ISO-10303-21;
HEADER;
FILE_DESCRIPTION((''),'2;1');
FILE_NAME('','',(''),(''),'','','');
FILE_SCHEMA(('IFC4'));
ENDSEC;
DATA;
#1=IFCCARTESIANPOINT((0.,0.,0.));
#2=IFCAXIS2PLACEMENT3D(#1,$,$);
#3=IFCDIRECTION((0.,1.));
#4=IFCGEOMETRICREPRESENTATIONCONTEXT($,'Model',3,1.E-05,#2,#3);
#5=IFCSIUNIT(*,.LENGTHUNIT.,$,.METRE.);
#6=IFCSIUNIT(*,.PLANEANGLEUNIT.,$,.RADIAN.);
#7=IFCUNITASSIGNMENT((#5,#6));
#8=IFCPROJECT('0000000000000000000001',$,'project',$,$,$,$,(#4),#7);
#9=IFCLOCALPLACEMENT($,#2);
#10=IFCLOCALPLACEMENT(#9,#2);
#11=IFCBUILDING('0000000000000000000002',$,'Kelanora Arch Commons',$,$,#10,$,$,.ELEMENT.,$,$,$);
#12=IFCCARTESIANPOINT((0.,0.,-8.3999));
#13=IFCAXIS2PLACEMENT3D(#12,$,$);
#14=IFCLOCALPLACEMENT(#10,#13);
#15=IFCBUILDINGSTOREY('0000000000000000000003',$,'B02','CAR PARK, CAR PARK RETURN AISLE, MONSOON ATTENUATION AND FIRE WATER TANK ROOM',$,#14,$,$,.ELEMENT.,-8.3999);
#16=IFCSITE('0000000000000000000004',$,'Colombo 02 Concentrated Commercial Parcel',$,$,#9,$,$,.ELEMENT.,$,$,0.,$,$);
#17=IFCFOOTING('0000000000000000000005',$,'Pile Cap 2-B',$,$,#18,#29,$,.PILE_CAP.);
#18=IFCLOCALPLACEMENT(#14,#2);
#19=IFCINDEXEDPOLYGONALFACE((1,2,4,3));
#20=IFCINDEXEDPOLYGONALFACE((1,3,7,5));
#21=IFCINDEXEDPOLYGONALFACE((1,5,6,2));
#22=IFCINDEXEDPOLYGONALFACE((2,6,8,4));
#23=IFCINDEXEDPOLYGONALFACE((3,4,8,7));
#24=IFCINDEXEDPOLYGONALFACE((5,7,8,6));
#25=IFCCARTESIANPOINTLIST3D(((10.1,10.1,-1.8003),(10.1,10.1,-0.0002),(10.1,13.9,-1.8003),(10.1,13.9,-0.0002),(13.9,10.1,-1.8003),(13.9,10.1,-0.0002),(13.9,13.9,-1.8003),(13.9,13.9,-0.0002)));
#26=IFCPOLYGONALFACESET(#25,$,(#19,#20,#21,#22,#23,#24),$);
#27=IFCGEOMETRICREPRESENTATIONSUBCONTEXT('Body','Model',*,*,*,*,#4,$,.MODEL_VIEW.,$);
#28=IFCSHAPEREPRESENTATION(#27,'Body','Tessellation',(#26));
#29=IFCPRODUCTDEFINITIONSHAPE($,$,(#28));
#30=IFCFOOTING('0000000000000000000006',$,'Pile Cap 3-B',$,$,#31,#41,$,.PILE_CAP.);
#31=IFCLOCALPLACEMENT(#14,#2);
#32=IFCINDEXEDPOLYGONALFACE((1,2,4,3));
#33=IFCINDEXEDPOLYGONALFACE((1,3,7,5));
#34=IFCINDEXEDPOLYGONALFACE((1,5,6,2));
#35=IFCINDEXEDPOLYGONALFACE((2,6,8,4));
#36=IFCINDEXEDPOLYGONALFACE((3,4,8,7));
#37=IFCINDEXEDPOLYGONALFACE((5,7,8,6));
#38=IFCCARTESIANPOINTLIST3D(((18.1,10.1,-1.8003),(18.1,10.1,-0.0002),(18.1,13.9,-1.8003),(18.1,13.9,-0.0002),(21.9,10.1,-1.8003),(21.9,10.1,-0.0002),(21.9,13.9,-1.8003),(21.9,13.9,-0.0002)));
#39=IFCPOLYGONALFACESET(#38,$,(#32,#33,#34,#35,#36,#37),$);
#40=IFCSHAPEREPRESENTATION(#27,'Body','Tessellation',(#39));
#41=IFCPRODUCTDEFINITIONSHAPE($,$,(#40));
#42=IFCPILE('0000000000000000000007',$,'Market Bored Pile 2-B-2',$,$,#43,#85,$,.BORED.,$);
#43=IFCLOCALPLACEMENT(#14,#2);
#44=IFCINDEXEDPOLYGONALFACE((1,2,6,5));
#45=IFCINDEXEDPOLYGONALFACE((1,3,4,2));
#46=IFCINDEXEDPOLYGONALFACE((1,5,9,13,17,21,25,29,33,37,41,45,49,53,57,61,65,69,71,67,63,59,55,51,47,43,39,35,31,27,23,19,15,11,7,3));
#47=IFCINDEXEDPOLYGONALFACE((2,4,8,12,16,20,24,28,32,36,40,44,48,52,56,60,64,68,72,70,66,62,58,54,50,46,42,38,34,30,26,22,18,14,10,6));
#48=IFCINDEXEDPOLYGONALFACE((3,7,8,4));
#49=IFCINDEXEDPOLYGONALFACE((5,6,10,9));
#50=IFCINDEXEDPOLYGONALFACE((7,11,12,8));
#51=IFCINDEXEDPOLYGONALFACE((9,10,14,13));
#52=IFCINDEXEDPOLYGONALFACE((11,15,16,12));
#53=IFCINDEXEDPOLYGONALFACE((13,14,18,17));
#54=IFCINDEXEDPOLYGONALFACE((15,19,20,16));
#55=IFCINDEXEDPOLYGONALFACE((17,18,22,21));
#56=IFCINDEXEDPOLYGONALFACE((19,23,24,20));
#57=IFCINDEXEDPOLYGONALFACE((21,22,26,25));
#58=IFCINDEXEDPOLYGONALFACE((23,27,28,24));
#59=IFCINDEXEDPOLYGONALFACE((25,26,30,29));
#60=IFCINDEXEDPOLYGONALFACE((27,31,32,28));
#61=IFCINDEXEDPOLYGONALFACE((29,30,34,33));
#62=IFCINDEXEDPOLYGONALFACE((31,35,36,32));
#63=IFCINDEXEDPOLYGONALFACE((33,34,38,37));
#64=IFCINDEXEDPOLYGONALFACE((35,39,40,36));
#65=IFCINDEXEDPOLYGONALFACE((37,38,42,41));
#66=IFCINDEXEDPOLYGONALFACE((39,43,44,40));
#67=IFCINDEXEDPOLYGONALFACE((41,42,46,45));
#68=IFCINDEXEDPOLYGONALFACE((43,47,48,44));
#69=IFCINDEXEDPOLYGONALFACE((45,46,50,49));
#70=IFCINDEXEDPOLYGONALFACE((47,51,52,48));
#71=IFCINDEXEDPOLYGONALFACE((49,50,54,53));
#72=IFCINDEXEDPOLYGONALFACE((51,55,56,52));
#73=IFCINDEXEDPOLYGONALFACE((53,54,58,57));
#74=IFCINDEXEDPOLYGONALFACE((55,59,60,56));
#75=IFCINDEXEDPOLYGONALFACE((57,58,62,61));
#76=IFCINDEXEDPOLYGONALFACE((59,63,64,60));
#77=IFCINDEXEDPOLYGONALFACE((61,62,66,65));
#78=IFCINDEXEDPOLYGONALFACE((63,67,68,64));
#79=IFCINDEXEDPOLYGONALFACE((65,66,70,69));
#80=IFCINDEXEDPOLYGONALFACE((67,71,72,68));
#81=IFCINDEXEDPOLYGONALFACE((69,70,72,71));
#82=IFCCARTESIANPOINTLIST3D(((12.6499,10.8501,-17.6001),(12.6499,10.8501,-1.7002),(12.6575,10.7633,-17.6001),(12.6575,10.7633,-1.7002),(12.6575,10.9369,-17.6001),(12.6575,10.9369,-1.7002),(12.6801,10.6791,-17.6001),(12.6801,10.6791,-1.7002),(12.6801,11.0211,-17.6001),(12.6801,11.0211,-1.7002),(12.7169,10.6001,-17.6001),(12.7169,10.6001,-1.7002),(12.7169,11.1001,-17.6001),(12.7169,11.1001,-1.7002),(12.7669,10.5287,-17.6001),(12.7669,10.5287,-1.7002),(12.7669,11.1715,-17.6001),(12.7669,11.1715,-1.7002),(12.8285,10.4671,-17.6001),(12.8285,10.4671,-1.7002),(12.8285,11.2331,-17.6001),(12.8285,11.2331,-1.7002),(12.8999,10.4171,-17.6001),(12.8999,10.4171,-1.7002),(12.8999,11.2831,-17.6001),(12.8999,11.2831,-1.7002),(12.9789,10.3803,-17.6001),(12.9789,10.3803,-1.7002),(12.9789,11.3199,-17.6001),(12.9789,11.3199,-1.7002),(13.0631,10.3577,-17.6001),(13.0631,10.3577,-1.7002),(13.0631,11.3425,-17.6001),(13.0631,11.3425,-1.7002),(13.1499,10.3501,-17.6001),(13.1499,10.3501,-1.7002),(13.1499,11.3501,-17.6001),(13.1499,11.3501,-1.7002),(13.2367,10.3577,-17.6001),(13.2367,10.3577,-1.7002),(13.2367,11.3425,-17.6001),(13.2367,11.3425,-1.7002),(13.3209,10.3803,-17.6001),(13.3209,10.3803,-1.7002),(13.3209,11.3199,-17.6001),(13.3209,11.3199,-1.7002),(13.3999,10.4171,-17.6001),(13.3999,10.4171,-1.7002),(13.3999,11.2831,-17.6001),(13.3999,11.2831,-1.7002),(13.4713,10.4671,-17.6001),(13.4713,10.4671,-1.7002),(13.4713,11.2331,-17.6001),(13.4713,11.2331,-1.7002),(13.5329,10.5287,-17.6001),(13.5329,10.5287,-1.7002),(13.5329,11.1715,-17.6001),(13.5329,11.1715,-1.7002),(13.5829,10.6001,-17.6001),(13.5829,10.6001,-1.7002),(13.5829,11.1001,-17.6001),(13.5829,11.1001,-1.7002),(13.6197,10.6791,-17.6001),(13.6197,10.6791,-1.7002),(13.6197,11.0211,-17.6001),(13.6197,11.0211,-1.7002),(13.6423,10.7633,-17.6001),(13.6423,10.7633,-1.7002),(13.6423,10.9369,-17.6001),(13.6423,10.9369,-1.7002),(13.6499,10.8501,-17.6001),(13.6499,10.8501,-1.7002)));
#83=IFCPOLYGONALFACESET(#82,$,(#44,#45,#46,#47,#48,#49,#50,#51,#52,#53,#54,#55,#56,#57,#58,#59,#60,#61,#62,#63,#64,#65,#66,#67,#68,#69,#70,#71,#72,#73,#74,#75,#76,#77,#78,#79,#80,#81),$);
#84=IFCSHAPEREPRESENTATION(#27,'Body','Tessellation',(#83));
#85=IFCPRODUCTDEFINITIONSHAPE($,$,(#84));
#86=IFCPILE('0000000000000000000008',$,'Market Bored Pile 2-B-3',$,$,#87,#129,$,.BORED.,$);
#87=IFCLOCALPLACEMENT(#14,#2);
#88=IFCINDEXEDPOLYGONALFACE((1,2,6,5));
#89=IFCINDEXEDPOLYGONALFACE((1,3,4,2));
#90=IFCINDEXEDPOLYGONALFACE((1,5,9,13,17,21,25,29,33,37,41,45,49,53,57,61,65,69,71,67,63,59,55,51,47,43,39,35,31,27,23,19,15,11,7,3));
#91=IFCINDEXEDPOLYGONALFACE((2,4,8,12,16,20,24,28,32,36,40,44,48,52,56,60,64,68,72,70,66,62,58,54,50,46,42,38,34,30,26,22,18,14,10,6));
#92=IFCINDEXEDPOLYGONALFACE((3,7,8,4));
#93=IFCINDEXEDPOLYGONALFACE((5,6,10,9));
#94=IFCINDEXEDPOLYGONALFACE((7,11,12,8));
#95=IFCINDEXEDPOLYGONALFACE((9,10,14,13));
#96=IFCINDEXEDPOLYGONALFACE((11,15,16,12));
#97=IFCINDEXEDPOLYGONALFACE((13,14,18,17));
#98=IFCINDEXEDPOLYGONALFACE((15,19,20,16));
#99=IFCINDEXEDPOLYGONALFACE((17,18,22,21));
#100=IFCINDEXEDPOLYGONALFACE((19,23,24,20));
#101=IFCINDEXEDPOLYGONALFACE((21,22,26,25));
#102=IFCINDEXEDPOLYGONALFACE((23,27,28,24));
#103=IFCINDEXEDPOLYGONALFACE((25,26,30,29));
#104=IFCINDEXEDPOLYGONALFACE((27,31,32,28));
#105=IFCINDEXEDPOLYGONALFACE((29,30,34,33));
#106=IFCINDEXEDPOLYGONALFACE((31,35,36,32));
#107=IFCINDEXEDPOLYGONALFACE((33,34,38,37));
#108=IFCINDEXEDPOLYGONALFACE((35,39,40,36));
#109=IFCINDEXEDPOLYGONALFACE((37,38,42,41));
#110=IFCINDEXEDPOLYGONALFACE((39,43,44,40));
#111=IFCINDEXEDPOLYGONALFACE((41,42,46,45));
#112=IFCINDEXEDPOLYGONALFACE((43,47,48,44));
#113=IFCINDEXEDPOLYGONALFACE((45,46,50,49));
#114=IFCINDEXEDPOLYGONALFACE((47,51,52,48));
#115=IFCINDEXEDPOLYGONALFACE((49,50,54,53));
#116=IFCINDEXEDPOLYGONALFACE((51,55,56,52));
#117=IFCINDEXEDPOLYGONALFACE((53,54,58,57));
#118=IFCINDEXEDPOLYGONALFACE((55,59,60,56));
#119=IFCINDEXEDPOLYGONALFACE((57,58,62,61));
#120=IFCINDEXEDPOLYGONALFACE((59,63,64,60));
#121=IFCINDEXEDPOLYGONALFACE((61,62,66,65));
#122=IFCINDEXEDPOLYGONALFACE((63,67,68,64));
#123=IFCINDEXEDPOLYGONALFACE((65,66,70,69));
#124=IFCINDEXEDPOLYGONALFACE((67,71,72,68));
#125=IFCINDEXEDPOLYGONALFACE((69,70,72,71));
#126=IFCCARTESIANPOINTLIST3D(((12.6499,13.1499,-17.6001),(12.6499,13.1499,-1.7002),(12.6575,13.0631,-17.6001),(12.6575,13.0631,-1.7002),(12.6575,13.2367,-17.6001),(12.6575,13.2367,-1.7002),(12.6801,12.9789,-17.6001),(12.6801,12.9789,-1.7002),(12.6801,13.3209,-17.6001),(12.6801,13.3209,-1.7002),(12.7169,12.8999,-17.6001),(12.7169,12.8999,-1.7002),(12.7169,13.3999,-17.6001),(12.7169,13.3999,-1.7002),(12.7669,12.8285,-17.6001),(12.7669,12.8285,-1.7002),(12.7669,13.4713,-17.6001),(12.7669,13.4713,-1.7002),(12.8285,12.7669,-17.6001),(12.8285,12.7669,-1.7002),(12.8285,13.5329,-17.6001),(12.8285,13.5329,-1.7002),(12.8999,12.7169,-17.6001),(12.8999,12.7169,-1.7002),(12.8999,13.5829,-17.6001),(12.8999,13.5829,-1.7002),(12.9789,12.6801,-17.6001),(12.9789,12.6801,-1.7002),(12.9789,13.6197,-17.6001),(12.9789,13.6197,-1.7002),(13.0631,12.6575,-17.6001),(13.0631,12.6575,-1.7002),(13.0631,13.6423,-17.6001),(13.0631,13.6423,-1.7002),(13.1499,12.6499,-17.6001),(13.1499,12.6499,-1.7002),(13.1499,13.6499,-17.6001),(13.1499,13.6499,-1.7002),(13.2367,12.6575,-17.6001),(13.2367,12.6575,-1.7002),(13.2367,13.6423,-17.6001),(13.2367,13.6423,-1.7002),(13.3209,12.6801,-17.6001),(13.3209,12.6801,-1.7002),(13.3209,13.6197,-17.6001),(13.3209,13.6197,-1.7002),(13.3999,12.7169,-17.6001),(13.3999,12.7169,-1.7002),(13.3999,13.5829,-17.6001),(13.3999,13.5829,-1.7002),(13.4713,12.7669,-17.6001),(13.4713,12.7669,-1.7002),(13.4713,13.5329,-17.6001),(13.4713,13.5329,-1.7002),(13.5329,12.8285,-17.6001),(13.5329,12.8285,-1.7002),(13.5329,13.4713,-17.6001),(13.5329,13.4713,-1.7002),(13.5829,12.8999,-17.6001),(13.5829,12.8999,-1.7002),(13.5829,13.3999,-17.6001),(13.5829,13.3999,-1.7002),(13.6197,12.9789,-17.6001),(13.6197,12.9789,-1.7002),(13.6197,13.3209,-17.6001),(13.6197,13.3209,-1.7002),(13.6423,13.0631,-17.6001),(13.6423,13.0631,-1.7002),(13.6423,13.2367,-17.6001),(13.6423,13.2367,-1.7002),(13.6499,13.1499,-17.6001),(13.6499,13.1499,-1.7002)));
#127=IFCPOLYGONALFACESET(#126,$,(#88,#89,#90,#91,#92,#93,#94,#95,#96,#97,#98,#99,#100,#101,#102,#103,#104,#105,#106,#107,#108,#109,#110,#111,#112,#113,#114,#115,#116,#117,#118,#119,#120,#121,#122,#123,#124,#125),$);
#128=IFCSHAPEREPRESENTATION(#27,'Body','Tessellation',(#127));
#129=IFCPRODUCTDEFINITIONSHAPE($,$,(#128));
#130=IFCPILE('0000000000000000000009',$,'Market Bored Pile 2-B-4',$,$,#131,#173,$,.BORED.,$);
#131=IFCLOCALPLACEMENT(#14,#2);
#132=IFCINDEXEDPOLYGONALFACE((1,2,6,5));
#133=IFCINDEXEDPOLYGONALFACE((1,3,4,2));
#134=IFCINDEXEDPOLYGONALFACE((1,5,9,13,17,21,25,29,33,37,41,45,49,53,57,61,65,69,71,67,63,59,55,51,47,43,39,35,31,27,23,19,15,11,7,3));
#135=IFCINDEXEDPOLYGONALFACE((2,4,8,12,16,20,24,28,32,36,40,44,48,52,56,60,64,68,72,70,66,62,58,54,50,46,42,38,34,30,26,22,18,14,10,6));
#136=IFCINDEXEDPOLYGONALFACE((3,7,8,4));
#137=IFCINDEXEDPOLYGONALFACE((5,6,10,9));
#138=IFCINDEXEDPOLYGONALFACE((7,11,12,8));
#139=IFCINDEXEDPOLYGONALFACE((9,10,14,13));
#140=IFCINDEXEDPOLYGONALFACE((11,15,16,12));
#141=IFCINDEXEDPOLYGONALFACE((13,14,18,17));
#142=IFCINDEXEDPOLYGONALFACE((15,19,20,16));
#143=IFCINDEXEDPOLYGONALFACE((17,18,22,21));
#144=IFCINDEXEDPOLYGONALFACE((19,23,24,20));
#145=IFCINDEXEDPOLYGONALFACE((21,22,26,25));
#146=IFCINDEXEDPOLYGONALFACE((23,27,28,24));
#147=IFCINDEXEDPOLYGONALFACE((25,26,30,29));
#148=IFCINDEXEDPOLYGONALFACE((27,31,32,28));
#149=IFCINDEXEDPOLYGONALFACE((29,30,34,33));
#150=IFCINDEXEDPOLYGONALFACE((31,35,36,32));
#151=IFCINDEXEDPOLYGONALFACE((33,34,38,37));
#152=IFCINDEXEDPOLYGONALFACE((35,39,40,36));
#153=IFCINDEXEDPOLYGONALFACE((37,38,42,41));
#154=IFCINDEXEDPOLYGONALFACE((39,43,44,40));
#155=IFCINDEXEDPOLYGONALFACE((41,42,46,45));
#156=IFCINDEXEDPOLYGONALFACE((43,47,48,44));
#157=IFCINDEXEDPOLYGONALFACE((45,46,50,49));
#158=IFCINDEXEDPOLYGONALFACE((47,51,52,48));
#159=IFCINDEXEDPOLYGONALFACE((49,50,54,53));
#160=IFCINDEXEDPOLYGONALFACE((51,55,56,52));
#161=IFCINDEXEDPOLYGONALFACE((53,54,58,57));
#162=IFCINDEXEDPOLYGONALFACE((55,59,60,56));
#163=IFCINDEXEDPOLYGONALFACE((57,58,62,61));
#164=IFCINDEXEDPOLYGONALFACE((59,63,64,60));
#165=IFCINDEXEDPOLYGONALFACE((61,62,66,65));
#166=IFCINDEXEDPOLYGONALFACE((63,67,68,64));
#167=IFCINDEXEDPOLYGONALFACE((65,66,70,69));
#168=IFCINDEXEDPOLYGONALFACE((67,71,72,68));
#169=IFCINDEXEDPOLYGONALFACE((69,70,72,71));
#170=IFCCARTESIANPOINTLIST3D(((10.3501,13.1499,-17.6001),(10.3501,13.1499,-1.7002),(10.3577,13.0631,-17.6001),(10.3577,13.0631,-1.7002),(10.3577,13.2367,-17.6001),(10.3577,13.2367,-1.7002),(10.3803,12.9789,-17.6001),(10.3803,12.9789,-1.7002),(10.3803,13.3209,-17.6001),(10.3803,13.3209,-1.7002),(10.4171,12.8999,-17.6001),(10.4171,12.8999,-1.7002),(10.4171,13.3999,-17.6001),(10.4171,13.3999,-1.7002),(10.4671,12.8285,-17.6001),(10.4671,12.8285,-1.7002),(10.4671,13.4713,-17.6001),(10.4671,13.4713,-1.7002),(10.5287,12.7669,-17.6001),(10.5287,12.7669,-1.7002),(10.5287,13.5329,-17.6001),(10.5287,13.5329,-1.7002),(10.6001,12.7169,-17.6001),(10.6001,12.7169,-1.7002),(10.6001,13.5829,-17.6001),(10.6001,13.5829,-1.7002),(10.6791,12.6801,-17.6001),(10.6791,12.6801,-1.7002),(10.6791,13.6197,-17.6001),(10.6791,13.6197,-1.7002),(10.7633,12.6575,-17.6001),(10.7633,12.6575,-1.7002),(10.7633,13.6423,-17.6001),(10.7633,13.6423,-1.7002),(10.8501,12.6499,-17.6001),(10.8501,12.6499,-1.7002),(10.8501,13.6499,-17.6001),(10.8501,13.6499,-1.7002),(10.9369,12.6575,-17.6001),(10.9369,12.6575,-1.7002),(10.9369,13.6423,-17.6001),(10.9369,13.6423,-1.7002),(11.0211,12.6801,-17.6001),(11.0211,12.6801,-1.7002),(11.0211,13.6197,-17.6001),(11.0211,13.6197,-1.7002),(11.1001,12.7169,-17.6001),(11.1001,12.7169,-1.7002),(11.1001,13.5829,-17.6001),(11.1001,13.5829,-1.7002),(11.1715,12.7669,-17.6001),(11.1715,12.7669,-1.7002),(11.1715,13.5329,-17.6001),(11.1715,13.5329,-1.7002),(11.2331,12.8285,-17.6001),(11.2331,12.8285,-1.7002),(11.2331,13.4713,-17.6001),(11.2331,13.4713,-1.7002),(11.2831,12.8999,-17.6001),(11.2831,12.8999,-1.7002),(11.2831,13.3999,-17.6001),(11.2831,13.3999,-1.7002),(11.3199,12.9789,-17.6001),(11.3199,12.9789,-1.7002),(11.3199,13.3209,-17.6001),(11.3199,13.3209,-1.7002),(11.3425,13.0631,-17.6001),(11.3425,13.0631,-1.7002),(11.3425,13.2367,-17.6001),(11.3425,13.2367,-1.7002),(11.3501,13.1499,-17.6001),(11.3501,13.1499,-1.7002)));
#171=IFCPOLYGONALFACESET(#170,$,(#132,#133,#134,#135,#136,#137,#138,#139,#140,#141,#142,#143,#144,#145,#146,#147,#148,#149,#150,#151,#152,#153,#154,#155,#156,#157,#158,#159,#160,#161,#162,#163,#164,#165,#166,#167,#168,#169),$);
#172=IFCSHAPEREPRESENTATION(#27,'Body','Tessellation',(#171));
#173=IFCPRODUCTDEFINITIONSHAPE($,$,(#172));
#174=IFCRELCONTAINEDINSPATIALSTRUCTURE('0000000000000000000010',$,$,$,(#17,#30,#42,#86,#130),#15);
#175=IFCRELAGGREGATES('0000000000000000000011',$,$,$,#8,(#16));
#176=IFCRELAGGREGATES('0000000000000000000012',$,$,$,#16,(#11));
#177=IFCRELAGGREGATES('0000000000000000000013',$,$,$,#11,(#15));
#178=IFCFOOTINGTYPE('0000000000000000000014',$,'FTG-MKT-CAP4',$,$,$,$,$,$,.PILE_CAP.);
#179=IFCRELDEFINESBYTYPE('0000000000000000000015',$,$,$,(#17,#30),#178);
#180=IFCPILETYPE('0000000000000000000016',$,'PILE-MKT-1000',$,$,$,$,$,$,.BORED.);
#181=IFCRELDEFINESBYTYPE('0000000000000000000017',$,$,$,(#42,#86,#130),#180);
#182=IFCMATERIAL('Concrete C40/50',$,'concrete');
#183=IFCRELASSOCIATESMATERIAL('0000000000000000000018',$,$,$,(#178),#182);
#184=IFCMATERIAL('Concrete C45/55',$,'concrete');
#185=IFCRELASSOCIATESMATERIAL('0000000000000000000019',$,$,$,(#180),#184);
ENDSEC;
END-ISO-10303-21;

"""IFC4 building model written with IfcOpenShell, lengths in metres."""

from ifc_helpers import new_model, si_unit, direction, frame, origin, origin_2d, place, context, subcontext, project, spatial, rectangle, circle, extrude, source, transform, mapped, material, material_profile, profile_set, type_object, element, save


model = new_model("IFC4")

# Units and contexts
model_context = context("Model", 3, precision=1e-05, world=origin(), true_north=direction((0.0, 1.0)))
body_context = subcontext(model_context, "Body", "Model", "MODEL_VIEW")
ifc_project = project(units=[si_unit("LENGTHUNIT", "METRE"), si_unit("PLANEANGLEUNIT", "RADIAN")], contexts=[model_context])

# Site, building, storey
site_placement = place(None, origin())
site = spatial("IfcSite", under=ifc_project, at=site_placement, Name="Colombo 02 Concentrated Commercial Parcel", CompositionType="ELEMENT", RefElevation=0.0)
building_placement = place(site_placement, origin())
building = spatial("IfcBuilding", under=site, at=building_placement, Name="Kelanora Arch Commons", CompositionType="ELEMENT")
storey_placement = place(building_placement, frame((0.0, 0.0, -8.3999)))
storey = spatial("IfcBuildingStorey", under=building, at=storey_placement, Name="B02", Description="CAR PARK, CAR PARK RETURN AISLE, MONSOON ATTENUATION AND FIRE WATER TANK ROOM", CompositionType="ELEMENT", Elevation=-8.3999)

# Footings
ifc_material_1 = material(Name="Concrete C40/50", Category="concrete")
footing_type_1 = type_object("IfcFootingType", Name="FTG-MKT-CAP4", PredefinedType="PILE_CAP", material=ifc_material_1)
shared_shape_1 = source(origin(), body_context, "Body", "SweptSolid", [
    extrude(rectangle(XDim=3.8, YDim=3.8, at=origin_2d()), origin(), (0.0, 0.0, 1.0), 1.8),
])
for number, where, z_axis, x_axis, name in (
    (1, (12.0, 12.0, -1.8003), (0.0, 0.0, 1.0), (1.0, 0.0, 0.0), "Pile Cap 2-B"),
    (2, (20.0, 12.0, -1.8003), (0.0, 0.0, 1.0), (1.0, 0.0, 0.0), "Pile Cap 3-B"),
):
    element("IfcFooting", number, at=place(storey_placement, frame(where, z_axis=z_axis, x_axis=x_axis)), inside=storey, type_object=footing_type_1, Name=name, PredefinedType="PILE_CAP", context=body_context, shape_type="MappedRepresentation", body=[
        mapped(shared_shape_1, transform((0.0, 0.0, 0.0), scale=1.0)),
    ])

# Piles
ifc_material_2 = material(Name="Concrete C45/55", Category="concrete")
ifc_material_profile_1 = material_profile(ifc_material_2, circle(Radius=0.5, at=origin_2d()), Name="PILE1000")
ifc_profile_set_1 = profile_set([ifc_material_profile_1], Name="Concrete C45/55")
pile_type = type_object("IfcPileType", Name="PILE-MKT-1000", PredefinedType="BORED", material=ifc_profile_set_1)
shared_shape_2 = source(origin(), body_context, "Body", "SweptSolid", [
    extrude(circle(Radius=0.5, at=origin_2d()), origin(), (0.0, 0.0, 1.0), 15.8999),
])
for number, where, z_axis, x_axis, name in (
    (3, (13.1499, 10.8501, -1.7002), (0.0, 0.0, -1.0), (1.0, 0.0, 0.0), "Market Bored Pile 2-B-2"),
    (4, (13.1499, 13.1499, -1.7002), (0.0, 0.0, -1.0), (1.0, 0.0, 0.0), "Market Bored Pile 2-B-3"),
    (5, (10.8501, 13.1499, -1.7002), (0.0, 0.0, -1.0), (1.0, 0.0, 0.0), "Market Bored Pile 2-B-4"),
):
    element("IfcPile", number, at=place(storey_placement, frame(where, z_axis=z_axis, x_axis=x_axis)), inside=storey, type_object=pile_type, Name=name, PredefinedType="BORED", context=body_context, shape_type="MappedRepresentation", body=[
        mapped(shared_shape_2, transform((0.0, 0.0, 0.0), scale=1.0)),
    ])

save(model, "model.ifc")
